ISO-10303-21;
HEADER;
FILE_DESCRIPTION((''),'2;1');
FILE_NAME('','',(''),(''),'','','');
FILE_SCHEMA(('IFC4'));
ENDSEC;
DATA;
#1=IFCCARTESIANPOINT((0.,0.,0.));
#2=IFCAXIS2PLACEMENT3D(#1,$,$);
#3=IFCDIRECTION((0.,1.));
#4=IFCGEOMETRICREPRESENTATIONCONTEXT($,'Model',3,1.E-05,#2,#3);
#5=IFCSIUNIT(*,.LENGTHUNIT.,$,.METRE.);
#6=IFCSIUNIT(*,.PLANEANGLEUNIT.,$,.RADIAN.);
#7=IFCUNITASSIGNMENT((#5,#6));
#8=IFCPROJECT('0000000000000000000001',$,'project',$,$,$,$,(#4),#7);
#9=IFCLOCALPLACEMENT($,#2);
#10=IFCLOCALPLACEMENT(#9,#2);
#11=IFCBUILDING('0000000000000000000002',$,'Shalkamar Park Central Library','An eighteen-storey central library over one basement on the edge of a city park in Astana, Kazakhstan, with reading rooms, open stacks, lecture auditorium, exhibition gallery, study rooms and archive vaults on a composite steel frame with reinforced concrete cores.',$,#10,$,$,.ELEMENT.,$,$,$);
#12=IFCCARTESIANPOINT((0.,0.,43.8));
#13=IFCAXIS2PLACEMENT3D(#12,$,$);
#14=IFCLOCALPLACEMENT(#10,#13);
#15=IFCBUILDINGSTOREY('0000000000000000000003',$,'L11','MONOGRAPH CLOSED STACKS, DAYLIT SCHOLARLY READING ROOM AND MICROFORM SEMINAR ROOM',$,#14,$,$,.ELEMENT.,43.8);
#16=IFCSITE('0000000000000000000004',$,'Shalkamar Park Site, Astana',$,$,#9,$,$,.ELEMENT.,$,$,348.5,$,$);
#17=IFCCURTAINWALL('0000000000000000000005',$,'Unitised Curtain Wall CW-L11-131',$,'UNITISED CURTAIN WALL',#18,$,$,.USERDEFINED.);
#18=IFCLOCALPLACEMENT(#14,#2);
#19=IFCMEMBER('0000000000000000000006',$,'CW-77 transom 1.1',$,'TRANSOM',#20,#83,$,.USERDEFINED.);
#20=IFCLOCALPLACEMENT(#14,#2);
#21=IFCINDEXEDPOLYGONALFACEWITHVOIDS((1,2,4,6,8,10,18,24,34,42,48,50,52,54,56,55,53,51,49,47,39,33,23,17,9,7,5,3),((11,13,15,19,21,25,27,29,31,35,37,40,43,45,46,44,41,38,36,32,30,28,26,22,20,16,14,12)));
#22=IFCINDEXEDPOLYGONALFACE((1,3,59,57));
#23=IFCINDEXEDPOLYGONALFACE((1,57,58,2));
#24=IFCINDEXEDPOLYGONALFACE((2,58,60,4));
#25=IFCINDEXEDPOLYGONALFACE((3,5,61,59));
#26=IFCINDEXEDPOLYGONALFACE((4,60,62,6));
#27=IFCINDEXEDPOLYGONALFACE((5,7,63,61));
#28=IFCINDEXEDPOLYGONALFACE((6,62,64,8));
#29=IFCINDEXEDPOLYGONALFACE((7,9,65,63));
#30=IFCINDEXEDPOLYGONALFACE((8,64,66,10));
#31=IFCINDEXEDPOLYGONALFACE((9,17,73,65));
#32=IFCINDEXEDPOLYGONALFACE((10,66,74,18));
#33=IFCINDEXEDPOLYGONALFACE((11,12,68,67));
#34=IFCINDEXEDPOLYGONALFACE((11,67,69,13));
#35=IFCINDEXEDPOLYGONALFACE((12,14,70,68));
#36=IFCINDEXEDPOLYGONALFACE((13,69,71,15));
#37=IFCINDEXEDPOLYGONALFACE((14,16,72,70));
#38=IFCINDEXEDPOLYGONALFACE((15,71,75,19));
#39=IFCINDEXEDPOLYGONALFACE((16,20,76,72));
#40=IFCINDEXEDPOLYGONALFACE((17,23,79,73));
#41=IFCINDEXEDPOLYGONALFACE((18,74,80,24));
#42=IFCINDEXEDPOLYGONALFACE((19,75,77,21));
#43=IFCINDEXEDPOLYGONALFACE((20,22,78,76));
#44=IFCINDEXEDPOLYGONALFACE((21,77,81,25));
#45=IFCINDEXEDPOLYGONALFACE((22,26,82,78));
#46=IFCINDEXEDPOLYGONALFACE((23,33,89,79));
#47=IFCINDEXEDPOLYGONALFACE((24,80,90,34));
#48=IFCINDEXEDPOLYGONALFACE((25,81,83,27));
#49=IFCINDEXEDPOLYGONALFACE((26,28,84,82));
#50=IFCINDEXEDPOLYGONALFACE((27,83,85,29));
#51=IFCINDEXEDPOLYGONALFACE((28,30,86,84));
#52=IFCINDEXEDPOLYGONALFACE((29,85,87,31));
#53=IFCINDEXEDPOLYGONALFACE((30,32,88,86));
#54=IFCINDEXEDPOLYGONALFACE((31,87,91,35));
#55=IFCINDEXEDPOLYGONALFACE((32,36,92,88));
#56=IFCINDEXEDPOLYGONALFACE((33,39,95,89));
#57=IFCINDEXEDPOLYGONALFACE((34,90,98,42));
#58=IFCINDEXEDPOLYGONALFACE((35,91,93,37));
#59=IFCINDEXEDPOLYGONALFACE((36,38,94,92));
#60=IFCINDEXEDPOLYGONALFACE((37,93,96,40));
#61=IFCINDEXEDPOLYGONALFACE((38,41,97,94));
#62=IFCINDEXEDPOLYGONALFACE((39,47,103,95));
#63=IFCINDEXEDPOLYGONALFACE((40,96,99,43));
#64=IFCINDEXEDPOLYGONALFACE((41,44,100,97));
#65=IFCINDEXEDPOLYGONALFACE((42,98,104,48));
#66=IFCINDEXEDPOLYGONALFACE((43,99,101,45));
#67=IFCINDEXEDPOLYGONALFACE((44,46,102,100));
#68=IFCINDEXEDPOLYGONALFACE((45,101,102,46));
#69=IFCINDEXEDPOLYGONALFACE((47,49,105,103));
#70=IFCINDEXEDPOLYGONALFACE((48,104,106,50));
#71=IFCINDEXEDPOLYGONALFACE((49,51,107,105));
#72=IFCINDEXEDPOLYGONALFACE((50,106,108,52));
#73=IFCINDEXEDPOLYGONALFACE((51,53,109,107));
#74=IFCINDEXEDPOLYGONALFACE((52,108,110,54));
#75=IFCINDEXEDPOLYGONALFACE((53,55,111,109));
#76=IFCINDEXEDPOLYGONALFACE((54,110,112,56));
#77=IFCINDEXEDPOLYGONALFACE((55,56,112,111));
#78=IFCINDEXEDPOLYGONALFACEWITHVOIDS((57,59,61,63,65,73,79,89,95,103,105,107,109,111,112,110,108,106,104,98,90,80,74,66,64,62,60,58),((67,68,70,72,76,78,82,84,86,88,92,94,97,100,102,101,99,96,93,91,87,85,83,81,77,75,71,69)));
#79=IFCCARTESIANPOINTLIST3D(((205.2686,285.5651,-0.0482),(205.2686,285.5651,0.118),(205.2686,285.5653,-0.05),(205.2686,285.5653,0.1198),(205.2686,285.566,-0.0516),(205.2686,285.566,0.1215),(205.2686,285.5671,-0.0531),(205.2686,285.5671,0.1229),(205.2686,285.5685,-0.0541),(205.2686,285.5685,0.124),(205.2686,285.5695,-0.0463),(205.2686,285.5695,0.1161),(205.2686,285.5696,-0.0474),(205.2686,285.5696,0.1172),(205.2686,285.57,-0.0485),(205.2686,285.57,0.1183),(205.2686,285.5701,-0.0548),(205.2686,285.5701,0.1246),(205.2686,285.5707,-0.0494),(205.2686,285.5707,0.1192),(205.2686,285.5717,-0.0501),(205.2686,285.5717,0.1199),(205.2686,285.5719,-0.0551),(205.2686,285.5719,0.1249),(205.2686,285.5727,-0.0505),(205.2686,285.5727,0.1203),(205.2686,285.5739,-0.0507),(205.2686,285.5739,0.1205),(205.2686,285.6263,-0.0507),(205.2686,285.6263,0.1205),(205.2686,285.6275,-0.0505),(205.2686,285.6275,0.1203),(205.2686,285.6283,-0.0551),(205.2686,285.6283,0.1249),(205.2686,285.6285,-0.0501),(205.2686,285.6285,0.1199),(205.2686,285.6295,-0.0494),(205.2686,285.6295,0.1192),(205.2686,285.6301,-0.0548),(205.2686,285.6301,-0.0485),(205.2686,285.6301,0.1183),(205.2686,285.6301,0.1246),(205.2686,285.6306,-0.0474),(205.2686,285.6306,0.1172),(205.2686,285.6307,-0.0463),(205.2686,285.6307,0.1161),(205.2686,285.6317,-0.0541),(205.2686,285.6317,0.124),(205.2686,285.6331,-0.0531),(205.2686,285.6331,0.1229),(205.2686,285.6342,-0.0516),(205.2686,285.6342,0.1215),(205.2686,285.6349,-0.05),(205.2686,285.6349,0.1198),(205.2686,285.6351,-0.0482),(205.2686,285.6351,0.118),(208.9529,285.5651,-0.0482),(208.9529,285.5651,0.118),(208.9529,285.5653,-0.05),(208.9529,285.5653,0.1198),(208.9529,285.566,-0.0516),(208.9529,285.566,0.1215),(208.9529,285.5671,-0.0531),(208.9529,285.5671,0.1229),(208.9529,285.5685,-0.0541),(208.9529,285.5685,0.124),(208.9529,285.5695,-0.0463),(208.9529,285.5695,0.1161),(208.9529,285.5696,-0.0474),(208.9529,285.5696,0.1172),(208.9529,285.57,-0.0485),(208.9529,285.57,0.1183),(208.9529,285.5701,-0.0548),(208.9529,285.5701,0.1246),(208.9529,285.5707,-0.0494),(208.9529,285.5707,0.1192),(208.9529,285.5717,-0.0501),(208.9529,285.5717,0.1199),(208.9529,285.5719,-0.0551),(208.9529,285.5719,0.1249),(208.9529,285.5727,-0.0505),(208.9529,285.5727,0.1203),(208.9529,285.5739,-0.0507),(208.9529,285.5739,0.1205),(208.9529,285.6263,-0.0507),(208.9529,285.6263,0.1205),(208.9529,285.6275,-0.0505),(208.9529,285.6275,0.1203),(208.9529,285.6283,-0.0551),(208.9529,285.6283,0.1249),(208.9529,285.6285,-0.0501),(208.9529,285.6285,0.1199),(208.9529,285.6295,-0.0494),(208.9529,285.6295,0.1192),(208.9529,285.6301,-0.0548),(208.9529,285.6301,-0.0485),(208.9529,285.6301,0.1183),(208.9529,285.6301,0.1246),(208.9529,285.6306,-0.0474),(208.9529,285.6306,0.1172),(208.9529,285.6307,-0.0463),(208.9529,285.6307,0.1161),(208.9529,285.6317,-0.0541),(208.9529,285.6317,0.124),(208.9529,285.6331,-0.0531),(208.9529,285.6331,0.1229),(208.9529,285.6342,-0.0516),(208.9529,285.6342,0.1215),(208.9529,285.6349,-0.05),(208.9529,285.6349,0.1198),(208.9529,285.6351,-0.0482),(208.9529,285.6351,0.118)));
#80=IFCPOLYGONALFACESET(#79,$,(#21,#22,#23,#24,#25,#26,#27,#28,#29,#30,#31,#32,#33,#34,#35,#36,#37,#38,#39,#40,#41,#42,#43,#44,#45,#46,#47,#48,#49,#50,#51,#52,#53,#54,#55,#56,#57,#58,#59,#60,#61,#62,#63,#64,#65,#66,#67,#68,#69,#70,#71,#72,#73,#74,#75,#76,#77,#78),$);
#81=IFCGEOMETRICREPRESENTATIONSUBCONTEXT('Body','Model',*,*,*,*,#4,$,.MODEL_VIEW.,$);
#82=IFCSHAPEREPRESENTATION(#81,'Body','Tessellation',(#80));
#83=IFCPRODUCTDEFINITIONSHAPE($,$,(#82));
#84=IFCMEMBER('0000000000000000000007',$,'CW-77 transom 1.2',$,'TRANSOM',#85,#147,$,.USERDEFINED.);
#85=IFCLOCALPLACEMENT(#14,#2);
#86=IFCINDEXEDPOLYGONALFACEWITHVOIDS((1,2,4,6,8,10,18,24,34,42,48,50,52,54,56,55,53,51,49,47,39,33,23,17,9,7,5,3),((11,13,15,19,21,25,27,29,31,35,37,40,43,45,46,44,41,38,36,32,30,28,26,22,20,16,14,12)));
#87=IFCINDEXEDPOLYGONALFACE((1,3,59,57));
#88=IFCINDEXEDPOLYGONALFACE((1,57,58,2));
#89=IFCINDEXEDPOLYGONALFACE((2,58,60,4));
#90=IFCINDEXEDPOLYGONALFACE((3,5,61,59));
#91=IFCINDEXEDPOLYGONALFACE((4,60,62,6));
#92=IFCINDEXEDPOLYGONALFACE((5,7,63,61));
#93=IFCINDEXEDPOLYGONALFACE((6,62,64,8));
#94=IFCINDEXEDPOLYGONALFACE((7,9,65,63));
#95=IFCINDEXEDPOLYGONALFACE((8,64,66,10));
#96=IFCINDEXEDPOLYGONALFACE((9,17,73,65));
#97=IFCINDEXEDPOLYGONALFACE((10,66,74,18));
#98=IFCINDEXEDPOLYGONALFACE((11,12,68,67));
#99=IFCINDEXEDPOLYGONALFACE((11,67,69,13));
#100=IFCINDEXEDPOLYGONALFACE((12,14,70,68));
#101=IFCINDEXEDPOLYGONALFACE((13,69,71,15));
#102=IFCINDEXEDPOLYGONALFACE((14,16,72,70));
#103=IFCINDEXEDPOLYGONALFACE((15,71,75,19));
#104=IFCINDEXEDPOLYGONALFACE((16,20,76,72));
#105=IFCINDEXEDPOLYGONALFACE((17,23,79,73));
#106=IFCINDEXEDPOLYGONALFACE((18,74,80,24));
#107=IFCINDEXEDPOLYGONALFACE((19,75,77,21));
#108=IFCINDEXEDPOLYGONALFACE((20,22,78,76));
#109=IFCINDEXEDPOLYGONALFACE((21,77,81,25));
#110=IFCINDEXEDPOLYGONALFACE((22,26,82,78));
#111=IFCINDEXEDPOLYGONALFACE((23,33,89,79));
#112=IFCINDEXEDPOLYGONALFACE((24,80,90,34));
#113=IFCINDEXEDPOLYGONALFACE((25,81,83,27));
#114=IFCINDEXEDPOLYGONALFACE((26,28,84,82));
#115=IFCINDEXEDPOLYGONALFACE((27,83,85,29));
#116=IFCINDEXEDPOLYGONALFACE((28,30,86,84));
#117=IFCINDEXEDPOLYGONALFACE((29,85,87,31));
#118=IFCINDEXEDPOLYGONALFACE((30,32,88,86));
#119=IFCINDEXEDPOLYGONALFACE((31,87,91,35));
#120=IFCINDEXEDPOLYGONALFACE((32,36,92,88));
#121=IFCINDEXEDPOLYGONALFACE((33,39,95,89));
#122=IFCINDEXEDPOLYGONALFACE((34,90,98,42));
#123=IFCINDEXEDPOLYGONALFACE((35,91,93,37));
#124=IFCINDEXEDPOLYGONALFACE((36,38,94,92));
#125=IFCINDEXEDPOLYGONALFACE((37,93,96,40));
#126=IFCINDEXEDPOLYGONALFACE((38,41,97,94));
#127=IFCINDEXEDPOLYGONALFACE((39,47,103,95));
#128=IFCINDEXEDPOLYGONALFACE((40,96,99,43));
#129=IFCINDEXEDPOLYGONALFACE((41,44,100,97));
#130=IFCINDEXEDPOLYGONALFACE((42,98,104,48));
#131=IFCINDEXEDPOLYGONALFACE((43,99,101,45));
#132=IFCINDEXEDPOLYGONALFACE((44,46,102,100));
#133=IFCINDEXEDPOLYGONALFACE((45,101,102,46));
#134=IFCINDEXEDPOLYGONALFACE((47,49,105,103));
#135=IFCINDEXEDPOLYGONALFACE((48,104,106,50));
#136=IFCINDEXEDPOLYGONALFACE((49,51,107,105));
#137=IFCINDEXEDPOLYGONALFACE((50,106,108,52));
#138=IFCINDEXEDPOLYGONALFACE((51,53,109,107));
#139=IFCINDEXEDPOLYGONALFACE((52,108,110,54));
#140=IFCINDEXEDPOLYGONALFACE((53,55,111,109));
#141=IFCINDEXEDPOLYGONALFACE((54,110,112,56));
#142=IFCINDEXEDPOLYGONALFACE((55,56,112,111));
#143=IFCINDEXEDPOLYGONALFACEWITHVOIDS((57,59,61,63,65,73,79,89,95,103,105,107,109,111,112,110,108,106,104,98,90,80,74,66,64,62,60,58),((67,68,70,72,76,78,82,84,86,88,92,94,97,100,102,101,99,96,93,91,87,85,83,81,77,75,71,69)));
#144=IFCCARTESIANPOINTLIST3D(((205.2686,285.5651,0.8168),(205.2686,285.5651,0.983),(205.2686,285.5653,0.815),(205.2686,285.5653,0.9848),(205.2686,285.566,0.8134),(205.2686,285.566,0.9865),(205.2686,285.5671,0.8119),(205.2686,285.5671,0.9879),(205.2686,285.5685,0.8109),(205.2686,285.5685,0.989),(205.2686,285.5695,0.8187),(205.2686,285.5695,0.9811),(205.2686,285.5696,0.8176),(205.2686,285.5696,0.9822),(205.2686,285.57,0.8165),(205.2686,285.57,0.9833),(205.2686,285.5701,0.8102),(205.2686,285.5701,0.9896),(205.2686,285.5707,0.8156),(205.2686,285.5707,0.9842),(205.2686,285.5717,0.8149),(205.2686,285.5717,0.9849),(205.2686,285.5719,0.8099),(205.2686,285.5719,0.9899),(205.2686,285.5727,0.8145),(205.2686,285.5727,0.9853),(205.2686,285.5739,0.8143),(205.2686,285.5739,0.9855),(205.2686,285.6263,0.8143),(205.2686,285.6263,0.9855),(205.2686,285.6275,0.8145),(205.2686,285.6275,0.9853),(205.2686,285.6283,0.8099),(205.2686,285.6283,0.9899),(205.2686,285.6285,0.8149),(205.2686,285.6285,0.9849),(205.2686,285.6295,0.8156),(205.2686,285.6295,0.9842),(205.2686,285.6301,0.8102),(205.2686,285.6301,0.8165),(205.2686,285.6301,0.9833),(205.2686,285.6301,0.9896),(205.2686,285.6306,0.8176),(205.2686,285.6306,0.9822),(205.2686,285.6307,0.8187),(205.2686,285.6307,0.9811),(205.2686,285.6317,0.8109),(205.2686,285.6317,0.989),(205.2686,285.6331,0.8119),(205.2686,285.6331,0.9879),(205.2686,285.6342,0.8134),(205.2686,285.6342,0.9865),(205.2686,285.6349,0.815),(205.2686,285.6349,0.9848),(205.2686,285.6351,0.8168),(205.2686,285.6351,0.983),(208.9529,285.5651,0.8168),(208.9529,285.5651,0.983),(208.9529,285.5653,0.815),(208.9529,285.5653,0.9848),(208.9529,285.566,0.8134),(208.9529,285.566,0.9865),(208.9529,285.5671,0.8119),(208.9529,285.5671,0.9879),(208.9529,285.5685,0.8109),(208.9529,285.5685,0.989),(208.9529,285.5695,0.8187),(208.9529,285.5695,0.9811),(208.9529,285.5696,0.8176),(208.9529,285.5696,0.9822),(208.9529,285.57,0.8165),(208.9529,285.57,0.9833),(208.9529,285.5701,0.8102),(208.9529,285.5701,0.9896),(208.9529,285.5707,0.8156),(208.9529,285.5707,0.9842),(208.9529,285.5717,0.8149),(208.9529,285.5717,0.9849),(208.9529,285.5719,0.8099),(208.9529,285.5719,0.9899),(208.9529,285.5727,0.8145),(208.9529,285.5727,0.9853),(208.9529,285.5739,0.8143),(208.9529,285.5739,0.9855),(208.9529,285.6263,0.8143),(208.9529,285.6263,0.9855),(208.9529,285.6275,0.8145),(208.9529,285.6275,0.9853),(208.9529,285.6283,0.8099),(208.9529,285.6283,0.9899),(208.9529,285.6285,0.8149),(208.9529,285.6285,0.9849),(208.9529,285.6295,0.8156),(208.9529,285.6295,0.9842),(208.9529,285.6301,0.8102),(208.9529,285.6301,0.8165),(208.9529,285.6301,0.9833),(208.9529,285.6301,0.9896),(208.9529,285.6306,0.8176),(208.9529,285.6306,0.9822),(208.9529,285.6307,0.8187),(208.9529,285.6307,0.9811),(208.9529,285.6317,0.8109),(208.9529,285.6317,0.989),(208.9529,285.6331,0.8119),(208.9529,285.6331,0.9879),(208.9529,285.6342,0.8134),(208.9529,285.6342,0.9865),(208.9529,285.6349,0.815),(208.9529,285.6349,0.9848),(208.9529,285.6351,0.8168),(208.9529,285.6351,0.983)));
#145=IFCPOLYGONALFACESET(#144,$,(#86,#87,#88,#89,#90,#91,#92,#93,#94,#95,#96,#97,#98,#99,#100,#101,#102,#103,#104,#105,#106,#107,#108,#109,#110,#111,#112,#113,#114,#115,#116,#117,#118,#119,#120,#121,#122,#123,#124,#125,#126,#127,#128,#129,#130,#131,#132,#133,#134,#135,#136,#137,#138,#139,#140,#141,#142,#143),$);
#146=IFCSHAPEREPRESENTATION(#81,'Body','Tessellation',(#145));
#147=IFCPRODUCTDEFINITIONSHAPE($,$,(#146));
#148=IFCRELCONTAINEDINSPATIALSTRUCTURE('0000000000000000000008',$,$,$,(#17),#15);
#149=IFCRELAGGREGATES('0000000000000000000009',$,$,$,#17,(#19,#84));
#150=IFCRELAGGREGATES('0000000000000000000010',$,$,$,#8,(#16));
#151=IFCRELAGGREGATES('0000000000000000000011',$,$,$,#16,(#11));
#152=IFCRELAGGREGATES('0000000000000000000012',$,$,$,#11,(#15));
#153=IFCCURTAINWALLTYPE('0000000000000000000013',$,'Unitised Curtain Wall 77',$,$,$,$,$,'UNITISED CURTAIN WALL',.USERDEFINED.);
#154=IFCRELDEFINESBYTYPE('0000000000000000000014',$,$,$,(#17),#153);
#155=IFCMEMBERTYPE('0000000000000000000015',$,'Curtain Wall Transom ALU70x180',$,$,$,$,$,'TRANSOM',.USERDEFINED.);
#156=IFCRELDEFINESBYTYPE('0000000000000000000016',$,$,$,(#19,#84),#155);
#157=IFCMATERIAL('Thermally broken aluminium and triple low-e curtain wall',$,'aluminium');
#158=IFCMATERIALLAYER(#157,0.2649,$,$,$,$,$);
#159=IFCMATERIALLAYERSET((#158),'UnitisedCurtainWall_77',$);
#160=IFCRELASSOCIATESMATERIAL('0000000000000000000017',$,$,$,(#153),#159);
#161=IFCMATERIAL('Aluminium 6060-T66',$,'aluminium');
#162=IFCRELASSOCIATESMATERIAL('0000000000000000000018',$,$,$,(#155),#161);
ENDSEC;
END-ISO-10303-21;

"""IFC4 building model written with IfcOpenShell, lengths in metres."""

from ifc_helpers import new_model, si_unit, direction, frame, origin, origin_2d, place, context, subcontext, project, spatial, hollow_rectangle, extrude, material, layer, layer_set, material_profile, profile_set, type_object, element, aggregate, save


model = new_model("IFC4")

# Units and contexts
model_context = context("Model", 3, precision=1e-05, world=origin(), true_north=direction((0.0, 1.0)))
body_context = subcontext(model_context, "Body", "Model", "MODEL_VIEW")
ifc_project = project(units=[si_unit("LENGTHUNIT", "METRE"), si_unit("PLANEANGLEUNIT", "RADIAN")], contexts=[model_context])

# Site, building, storey
site_placement = place(None, origin())
site = spatial("IfcSite", under=ifc_project, at=site_placement, Name="Shalkamar Park Site, Astana", CompositionType="ELEMENT", RefElevation=348.5)
building_placement = place(site_placement, origin())
building = spatial("IfcBuilding", under=site, at=building_placement, Name="Shalkamar Park Central Library", Description="An eighteen-storey central library over one basement on the edge of a city park in Astana, Kazakhstan, with reading rooms, open stacks, lecture auditorium, exhibition gallery, study rooms and archive vaults on a composite steel frame with reinforced concrete cores.", CompositionType="ELEMENT")
storey_placement = place(building_placement, frame((0.0, 0.0, 43.8)))
storey = spatial("IfcBuildingStorey", under=building, at=storey_placement, Name="L11", Description="MONOGRAPH CLOSED STACKS, DAYLIT SCHOLARLY READING ROOM AND MICROFORM SEMINAR ROOM", CompositionType="ELEMENT", Elevation=43.8)

# Curtain wall
ifc_material_1 = material(Name="Thermally broken aluminium and triple low-e curtain wall", Category="aluminium")
ifc_material_2 = material(Name="Aluminium 6060-T66", Category="aluminium")
ifc_layer_1 = layer(ifc_material_1, 0.2649)
ifc_layer_set_1 = layer_set([ifc_layer_1], Name="UnitisedCurtainWall_77")
curtain_wall_type_1 = type_object("IfcCurtainWallType", Name="Unitised Curtain Wall 77", ElementType="UNITISED CURTAIN WALL", PredefinedType="USERDEFINED", material=ifc_layer_set_1)
curtain_wall_1_placement = place(storey_placement, origin())
curtain_wall_1 = element("IfcCurtainWall", 1, at=curtain_wall_1_placement, inside=storey, type_object=curtain_wall_type_1, Name="Unitised Curtain Wall CW-L11-131", ObjectType="UNITISED CURTAIN WALL", PredefinedType="USERDEFINED")

# Members
ifc_material_profile_1 = material_profile(ifc_material_2, hollow_rectangle(XDim=0.0701, YDim=0.1799, WallThickness=0.0044, InnerFilletRadius=0.0044, OuterFilletRadius=0.0068, at=origin_2d()), Name="ALU 70x180x4.5")
ifc_profile_set_1 = profile_set([ifc_material_profile_1], Name="Aluminium 6060-T66")
member_type_1 = type_object("IfcMemberType", Name="Curtain Wall Transom ALU70x180", ElementType="TRANSOM", PredefinedType="USERDEFINED", material=ifc_profile_set_1)
member_1_placement = place(storey_placement, frame((205.2686, 285.6001, 0.0349), z_axis=(1.0, 0.0, 0.0), x_axis=(0.0, 1.0, 0.0)))
member_1 = element("IfcMember", 2, at=member_1_placement, type_object=member_type_1, Name="CW-77 transom 1.1", ObjectType="TRANSOM", PredefinedType="USERDEFINED", context=body_context, shape_type="SweptSolid", body=[
    extrude(hollow_rectangle(XDim=0.0701, YDim=0.1799, WallThickness=0.0044, InnerFilletRadius=0.0044, OuterFilletRadius=0.0068, at=origin_2d()), origin(), (0.0, 0.0, 1.0), 3.6843),
])
member_2_placement = place(storey_placement, frame((205.2686, 285.6001, 0.8999), z_axis=(1.0, 0.0, 0.0), x_axis=(0.0, 1.0, 0.0)))
member_2 = element("IfcMember", 3, at=member_2_placement, type_object=member_type_1, Name="CW-77 transom 1.2", ObjectType="TRANSOM", PredefinedType="USERDEFINED", context=body_context, shape_type="SweptSolid", body=[
    extrude(hollow_rectangle(XDim=0.0701, YDim=0.1799, WallThickness=0.0044, InnerFilletRadius=0.0044, OuterFilletRadius=0.0068, at=origin_2d()), origin(), (0.0, 0.0, 1.0), 3.6843),
])

aggregate(curtain_wall_1, [member_1, member_2])

save(model, "model.ifc")
